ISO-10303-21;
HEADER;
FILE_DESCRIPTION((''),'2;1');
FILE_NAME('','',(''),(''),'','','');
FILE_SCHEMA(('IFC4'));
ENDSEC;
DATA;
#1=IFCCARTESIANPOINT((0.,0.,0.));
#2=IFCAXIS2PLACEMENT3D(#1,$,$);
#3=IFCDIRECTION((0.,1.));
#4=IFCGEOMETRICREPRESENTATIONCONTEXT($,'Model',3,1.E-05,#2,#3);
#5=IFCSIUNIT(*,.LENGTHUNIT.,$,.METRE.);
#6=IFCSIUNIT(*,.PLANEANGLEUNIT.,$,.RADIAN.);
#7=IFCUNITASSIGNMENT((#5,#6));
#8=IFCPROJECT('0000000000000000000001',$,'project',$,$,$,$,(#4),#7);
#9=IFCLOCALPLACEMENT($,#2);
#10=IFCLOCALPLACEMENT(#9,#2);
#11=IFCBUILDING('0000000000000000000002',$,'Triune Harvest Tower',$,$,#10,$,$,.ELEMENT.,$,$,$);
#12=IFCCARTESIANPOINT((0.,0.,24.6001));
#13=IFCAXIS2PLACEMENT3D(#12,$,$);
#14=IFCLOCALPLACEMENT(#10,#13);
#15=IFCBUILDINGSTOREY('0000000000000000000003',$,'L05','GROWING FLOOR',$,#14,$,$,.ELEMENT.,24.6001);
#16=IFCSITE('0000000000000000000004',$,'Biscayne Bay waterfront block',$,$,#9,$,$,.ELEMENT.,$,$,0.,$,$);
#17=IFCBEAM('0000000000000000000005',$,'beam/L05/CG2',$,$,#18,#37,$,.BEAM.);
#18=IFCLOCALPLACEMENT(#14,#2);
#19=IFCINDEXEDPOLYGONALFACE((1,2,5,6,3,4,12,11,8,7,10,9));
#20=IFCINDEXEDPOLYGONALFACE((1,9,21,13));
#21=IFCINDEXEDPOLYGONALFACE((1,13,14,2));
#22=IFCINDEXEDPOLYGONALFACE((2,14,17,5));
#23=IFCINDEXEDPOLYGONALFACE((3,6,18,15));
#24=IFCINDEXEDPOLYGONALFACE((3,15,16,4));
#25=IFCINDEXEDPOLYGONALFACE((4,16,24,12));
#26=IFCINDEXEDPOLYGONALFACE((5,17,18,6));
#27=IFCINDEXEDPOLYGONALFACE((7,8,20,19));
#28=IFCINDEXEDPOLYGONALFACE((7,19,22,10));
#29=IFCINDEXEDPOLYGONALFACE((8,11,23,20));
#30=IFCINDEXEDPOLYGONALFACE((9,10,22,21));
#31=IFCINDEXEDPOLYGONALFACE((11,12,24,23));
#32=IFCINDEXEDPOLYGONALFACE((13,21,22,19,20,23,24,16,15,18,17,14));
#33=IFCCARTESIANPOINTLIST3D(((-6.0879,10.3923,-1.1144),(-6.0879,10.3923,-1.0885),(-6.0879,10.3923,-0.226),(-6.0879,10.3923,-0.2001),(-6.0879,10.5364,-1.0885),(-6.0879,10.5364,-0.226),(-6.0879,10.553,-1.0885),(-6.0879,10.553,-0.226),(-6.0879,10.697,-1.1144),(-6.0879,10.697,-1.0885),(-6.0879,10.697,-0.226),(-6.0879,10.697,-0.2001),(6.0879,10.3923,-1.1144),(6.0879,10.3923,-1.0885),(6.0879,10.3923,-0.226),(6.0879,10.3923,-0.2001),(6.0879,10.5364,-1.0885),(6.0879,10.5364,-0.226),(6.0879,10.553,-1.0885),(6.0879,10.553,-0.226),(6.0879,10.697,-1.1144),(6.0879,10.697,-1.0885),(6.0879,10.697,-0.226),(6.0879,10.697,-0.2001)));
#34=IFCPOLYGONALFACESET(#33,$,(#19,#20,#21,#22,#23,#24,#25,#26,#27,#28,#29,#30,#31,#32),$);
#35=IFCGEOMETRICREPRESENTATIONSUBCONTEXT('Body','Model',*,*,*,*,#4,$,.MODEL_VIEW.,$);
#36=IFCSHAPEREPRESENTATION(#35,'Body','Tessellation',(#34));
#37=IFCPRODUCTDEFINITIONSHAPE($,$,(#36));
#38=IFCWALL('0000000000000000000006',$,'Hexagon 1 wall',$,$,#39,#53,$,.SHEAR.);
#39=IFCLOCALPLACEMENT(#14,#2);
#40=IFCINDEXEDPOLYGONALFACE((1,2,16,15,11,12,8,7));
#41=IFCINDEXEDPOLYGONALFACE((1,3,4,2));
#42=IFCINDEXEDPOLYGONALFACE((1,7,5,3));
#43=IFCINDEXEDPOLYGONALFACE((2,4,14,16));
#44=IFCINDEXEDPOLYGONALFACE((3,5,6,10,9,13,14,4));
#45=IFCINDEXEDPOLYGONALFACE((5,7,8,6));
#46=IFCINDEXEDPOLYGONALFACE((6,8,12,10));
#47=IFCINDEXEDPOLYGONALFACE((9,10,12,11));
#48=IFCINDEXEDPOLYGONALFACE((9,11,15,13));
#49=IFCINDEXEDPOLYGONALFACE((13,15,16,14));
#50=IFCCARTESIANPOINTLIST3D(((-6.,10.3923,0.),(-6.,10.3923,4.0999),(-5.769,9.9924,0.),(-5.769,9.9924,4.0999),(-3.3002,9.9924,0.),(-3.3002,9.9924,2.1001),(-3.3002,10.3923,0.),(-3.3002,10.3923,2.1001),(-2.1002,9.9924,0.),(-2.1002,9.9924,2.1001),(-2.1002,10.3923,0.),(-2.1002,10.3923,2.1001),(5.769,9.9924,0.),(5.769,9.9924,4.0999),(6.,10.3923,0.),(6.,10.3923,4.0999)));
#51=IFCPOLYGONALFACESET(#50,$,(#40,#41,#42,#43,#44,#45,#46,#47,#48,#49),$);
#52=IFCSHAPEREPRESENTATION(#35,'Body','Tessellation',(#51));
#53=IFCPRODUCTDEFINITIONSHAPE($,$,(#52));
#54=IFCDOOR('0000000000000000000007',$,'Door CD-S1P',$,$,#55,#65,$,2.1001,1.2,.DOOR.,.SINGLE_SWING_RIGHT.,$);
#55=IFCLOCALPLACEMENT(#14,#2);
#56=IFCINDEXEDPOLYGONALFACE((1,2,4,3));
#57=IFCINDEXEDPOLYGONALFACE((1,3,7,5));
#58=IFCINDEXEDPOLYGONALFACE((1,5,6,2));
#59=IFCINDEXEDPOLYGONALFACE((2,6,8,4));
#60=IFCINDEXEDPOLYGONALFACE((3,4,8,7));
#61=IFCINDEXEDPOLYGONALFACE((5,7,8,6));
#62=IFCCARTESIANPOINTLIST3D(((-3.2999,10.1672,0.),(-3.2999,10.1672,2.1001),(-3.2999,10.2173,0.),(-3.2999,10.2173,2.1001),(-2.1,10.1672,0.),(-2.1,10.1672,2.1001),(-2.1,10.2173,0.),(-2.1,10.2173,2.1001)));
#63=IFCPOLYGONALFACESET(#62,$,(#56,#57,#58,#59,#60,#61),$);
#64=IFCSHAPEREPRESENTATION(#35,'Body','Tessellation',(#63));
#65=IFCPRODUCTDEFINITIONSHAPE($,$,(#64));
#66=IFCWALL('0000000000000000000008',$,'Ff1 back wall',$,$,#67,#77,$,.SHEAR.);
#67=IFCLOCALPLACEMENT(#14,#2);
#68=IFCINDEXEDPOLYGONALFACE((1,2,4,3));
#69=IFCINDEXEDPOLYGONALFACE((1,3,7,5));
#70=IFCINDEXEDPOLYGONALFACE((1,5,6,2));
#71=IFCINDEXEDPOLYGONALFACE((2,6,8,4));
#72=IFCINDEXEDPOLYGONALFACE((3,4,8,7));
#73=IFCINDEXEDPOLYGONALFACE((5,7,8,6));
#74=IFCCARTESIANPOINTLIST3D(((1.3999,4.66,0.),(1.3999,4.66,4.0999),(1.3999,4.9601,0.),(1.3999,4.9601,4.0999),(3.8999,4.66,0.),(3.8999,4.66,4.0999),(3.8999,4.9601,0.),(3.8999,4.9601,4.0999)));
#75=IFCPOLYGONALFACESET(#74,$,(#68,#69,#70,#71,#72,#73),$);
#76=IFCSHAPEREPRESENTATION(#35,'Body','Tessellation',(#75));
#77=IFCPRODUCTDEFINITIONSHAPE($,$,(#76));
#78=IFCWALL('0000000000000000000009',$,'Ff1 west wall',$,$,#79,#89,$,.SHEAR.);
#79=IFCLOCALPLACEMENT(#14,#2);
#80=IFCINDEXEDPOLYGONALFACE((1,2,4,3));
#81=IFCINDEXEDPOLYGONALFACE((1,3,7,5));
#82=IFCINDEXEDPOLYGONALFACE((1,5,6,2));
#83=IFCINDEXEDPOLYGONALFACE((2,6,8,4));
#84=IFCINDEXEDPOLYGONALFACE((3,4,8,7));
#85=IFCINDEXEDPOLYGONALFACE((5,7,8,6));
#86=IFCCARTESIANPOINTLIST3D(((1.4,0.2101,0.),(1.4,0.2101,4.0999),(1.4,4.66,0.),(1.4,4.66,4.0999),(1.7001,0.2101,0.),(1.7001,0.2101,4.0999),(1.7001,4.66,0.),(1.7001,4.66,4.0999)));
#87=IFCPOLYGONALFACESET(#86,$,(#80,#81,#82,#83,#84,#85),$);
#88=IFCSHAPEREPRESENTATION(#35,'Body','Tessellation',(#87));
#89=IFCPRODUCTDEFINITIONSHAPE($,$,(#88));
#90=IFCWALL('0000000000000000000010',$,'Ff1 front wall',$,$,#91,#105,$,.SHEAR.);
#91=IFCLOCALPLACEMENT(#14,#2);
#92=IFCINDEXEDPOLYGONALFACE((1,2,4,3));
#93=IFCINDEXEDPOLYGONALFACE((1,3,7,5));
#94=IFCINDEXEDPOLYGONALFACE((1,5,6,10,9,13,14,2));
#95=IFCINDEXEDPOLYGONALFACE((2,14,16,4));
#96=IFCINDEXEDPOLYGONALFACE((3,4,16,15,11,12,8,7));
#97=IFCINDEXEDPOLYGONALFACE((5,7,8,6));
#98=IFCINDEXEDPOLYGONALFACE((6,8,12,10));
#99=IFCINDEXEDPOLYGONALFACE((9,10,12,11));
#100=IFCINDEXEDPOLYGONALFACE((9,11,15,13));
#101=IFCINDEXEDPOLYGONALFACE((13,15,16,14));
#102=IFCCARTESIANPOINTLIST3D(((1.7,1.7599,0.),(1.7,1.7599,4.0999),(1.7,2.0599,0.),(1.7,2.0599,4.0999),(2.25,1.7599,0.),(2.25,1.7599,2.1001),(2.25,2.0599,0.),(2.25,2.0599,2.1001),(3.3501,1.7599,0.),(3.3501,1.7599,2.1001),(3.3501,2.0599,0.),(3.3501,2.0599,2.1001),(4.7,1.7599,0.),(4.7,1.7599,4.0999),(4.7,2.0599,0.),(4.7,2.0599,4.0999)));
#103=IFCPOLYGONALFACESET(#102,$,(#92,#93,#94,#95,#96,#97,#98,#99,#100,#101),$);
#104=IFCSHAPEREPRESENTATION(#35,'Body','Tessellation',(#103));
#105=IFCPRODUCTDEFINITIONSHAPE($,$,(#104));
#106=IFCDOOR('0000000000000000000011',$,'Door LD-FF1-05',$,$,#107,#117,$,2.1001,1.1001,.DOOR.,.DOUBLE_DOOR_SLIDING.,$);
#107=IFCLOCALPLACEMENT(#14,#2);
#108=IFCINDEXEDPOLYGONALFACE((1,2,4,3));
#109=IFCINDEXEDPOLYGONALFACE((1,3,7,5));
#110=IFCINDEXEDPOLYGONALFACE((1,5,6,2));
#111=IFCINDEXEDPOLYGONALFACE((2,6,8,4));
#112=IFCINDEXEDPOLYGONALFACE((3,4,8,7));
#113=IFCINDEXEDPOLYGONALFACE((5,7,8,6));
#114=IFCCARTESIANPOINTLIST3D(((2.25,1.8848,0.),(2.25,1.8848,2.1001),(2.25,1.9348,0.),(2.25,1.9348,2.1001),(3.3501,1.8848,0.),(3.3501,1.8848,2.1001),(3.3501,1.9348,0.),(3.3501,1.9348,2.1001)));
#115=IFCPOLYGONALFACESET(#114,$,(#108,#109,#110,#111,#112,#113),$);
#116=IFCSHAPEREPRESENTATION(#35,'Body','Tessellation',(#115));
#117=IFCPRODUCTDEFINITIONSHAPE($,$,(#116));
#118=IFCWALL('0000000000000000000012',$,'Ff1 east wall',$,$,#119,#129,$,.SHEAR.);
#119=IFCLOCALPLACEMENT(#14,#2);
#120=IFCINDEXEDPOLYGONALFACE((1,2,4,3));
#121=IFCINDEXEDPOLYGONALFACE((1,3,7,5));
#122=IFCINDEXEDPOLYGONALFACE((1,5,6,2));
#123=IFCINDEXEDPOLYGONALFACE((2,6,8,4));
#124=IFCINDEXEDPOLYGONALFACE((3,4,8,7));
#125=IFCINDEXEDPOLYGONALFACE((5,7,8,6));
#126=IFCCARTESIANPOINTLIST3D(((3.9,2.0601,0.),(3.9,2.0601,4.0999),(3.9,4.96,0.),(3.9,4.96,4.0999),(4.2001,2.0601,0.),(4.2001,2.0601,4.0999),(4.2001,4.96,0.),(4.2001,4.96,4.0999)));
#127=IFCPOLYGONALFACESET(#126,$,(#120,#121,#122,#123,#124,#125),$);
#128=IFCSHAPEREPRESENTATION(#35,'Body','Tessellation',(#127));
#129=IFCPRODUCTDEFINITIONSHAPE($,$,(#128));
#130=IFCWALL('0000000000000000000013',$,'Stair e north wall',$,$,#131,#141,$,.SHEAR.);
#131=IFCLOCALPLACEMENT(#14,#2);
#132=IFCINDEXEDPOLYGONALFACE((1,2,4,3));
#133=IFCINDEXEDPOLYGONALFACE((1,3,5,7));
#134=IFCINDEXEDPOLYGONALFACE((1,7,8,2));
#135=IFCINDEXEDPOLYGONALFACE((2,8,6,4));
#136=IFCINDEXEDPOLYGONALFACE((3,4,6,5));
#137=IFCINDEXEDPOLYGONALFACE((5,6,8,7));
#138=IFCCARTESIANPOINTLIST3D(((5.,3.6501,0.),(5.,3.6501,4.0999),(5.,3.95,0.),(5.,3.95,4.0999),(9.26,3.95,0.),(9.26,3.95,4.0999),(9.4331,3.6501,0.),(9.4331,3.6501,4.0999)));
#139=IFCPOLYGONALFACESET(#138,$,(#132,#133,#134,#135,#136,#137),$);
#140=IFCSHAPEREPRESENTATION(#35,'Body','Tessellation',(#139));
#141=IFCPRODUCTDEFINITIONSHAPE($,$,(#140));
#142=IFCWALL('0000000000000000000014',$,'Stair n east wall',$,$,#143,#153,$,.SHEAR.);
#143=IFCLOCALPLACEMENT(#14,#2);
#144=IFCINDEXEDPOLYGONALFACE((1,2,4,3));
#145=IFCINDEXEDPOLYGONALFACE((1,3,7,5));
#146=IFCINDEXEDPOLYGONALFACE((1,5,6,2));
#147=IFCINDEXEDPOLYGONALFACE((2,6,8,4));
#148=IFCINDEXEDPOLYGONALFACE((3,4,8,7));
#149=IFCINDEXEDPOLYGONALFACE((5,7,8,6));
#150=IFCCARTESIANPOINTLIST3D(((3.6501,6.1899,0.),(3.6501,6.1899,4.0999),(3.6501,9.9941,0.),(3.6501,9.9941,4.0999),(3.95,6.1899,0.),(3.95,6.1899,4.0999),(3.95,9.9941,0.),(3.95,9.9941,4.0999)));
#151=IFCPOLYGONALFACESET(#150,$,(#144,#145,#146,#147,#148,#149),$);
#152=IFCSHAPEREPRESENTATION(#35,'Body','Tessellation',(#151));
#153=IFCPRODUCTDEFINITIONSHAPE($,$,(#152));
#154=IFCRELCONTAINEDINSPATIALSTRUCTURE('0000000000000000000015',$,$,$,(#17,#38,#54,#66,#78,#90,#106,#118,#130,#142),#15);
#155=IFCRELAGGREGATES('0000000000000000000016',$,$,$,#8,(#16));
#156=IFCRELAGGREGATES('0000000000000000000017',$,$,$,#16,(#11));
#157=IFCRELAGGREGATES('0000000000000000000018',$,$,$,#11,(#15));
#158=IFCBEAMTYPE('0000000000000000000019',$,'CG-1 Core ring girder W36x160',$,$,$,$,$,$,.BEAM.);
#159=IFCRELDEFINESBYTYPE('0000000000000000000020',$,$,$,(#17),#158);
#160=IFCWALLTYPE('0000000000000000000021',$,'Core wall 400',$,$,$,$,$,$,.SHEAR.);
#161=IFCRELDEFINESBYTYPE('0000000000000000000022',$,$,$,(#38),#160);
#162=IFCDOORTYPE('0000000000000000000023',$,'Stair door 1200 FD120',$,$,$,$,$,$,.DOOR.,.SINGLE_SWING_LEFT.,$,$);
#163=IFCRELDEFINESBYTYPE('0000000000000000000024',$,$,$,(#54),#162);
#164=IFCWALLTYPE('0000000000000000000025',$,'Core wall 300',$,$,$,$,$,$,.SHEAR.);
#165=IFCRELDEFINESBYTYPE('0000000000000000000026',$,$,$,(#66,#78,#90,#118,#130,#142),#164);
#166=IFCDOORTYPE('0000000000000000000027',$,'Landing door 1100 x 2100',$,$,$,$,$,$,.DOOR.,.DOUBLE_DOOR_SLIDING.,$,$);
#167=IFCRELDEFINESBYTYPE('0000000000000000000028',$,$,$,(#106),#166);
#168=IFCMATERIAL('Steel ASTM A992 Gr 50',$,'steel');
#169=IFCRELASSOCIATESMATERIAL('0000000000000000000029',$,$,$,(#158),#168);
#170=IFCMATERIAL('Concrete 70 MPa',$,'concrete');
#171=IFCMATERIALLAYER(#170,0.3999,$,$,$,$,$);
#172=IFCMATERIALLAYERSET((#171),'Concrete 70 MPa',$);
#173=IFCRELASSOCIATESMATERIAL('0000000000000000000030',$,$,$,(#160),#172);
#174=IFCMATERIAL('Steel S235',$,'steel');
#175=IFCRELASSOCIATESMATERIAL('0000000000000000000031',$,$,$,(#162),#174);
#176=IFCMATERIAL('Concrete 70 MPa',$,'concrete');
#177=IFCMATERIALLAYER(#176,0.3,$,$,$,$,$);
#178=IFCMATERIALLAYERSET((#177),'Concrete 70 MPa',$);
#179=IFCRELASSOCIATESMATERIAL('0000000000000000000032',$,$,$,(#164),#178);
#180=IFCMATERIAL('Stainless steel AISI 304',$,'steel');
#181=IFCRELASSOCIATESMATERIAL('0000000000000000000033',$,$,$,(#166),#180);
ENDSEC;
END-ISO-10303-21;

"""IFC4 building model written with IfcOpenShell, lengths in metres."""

from ifc_helpers import new_model, si_unit, direction, frame, frame_2d, origin, origin_2d, place, context, subcontext, project, spatial, polyline, rectangle, i_section, outline, extrude, source, transform, mapped, material, layer, layer_set, material_profile, profile_set, type_object, element, fill, save


model = new_model("IFC4")

# Units and contexts
model_context = context("Model", 3, precision=1e-05, world=origin(), true_north=direction((0.0, 1.0)))
body_context = subcontext(model_context, "Body", "Model", "MODEL_VIEW")
ifc_project = project(units=[si_unit("LENGTHUNIT", "METRE"), si_unit("PLANEANGLEUNIT", "RADIAN")], contexts=[model_context])

# Site, building, storey
site_placement = place(None, origin())
site = spatial("IfcSite", under=ifc_project, at=site_placement, Name="Biscayne Bay waterfront block", CompositionType="ELEMENT", RefElevation=0.0)
building_placement = place(site_placement, origin())
building = spatial("IfcBuilding", under=site, at=building_placement, Name="Triune Harvest Tower", CompositionType="ELEMENT")
storey_placement = place(building_placement, frame((0.0, 0.0, 24.6001)))
storey = spatial("IfcBuildingStorey", under=building, at=storey_placement, Name="L05", Description="GROWING FLOOR", CompositionType="ELEMENT", Elevation=24.6001)

# Beam
ifc_material_1 = material(Name="Steel ASTM A992 Gr 50", Category="steel")
ifc_material_profile = material_profile(ifc_material_1, i_section(OverallWidth=0.3047, OverallDepth=0.9143, WebThickness=0.0166, FlangeThickness=0.0259, at=origin_2d()), Name="W36x160")
ifc_profile_set = profile_set([ifc_material_profile], Name="Steel ASTM A992 Gr 50")
beam_type = type_object("IfcBeamType", Name="CG-1 Core ring girder W36x160", PredefinedType="BEAM", material=ifc_profile_set)
shared_shape_1 = source(origin(), body_context, "Body", "SweptSolid", [
    extrude(i_section(OverallWidth=0.3047, OverallDepth=0.9143, WebThickness=0.0166, FlangeThickness=0.0259, at=origin_2d()), origin(), (0.0, 0.0, 1.0), 12.1758),
])
beam_placement = place(storey_placement, frame((6.0879, 10.5447, -0.6572), z_axis=(-1.0, 0.0, 0.0), x_axis=(0.0, -1.0, 0.0)))
element("IfcBeam", 1, at=beam_placement, inside=storey, type_object=beam_type, Name="beam/L05/CG2", PredefinedType="BEAM", context=body_context, shape_type="MappedRepresentation", body=[
    mapped(shared_shape_1, transform((0.0, 0.0, 0.0), scale=1.0)),
])

# Wall, opening, door
ifc_material_2 = material(Name="Concrete 70 MPa", Category="concrete")
ifc_layer_1 = layer(ifc_material_2, 0.3999)
ifc_layer_set_1 = layer_set([ifc_layer_1], Name="Concrete 70 MPa")
wall_type_1 = type_object("IfcWallType", Name="Core wall 400", PredefinedType="SHEAR", material=ifc_layer_set_1)
shared_shape_2 = source(origin(), body_context, "Body", "SweptSolid", [
    extrude(outline(polyline([(-0.1155, -0.2), (11.8845, -0.2), (11.6536, 0.2), (0.1155, 0.2), (-0.1155, -0.2)])), origin(), (0.0, 0.0, 1.0), 4.0999),
])
wall_1_placement = place(storey_placement, frame((5.8845, 10.1924, 0.0), z_axis=(0.0, 0.0, 1.0), x_axis=(-1.0, 0.0, 0.0)))
wall_1 = element("IfcWall", 2, at=wall_1_placement, inside=storey, type_object=wall_type_1, Name="Hexagon 1 wall", PredefinedType="SHEAR", context=body_context, shape_type="MappedRepresentation", body=[
    mapped(shared_shape_2, transform((0.0, 0.0, 0.0), scale=1.0)),
])
opening_1_placement = place(wall_1_placement, frame((7.9846, 0.0, 0.0)))
opening_1 = element("IfcOpeningElement", 3, at=opening_1_placement, cuts=wall_1, PredefinedType="OPENING", context=body_context, shape_type="SweptSolid", body=[
    extrude(rectangle(XDim=1.2, YDim=2.1001, at=frame_2d((0.6001, 1.05))), frame((0.0, 0.21, 0.0), z_axis=(0.0, -1.0, 0.0), x_axis=(1.0, 0.0, 0.0)), (0.0, 0.0, 1.0), 0.4199),
])
ifc_material_3 = material(Name="Steel S235", Category="steel")
door_type_1 = type_object("IfcDoorType", Name="Stair door 1200 FD120", OperationType="SINGLE_SWING_LEFT", PredefinedType="DOOR", material=ifc_material_3)
door_1_placement = place(opening_1_placement, frame((1.2, 0.0, 0.0), z_axis=(0.0, 0.0, 1.0), x_axis=(-1.0, 0.0, 0.0)))
door_1 = element("IfcDoor", 4, at=door_1_placement, inside=storey, type_object=door_type_1, Name="Door CD-S1P", OperationType="SINGLE_SWING_RIGHT", OverallHeight=2.1001, OverallWidth=1.2, PredefinedType="DOOR", context=body_context, shape_type="SweptSolid", body=[
    extrude(rectangle(XDim=1.2, YDim=2.1001, at=frame_2d((0.6001, 1.05))), frame((0.0, 0.0249, 0.0), z_axis=(0.0, -1.0, 0.0), x_axis=(1.0, 0.0, 0.0)), (0.0, 0.0, 1.0), 0.05),
])
fill(opening_1, door_1)

# Walls
ifc_material_4 = material(Name="Concrete 70 MPa", Category="concrete")
ifc_layer_2 = layer(ifc_material_4, 0.3)
ifc_layer_set_2 = layer_set([ifc_layer_2], Name="Concrete 70 MPa")
wall_type_2 = type_object("IfcWallType", Name="Core wall 300", PredefinedType="SHEAR", material=ifc_layer_set_2)
shared_shape_3 = source(origin(), body_context, "Body", "SweptSolid", [
    extrude(rectangle(XDim=2.5, YDim=0.3, at=frame_2d((1.25, 0.0))), origin(), (0.0, 0.0, 1.0), 4.0999),
])
wall_2_placement = place(storey_placement, frame((1.3999, 4.8101, 0.0), z_axis=(0.0, 0.0, 1.0), x_axis=(1.0, 0.0, 0.0)))
element("IfcWall", 5, at=wall_2_placement, inside=storey, type_object=wall_type_2, Name="Ff1 back wall", PredefinedType="SHEAR", context=body_context, shape_type="MappedRepresentation", body=[
    mapped(shared_shape_3, transform((0.0, 0.0, 0.0), scale=1.0)),
])
shared_shape_4 = source(origin(), body_context, "Body", "SweptSolid", [
    extrude(rectangle(XDim=4.45, YDim=0.3, at=frame_2d((2.2251, 0.0))), origin(), (0.0, 0.0, 1.0), 4.0999),
])
wall_3_placement = place(storey_placement, frame((1.55, 0.21, 0.0), z_axis=(0.0, 0.0, 1.0), x_axis=(0.0, 1.0, 0.0)))
element("IfcWall", 6, at=wall_3_placement, inside=storey, type_object=wall_type_2, Name="Ff1 west wall", PredefinedType="SHEAR", context=body_context, shape_type="MappedRepresentation", body=[
    mapped(shared_shape_4, transform((0.0, 0.0, 0.0), scale=1.0)),
])

# Wall, opening, door
shared_shape_5 = source(origin(), body_context, "Body", "SweptSolid", [
    extrude(rectangle(XDim=3.0, YDim=0.3, at=frame_2d((1.5, 0.0))), origin(), (0.0, 0.0, 1.0), 4.0999),
])
wall_4_placement = place(storey_placement, frame((1.7, 1.9099, 0.0), z_axis=(0.0, 0.0, 1.0), x_axis=(1.0, 0.0, 0.0)))
wall_4 = element("IfcWall", 7, at=wall_4_placement, inside=storey, type_object=wall_type_2, Name="Ff1 front wall", PredefinedType="SHEAR", context=body_context, shape_type="MappedRepresentation", body=[
    mapped(shared_shape_5, transform((0.0, 0.0, 0.0), scale=1.0)),
])
opening_2_placement = place(wall_4_placement, frame((0.55, 0.0, 0.0)))
opening_2 = element("IfcOpeningElement", 8, at=opening_2_placement, cuts=wall_4, PredefinedType="OPENING", context=body_context, shape_type="SweptSolid", body=[
    extrude(rectangle(XDim=1.1001, YDim=2.1001, at=frame_2d((0.55, 1.05))), frame((0.0, 0.1602, 0.0), z_axis=(0.0, -1.0, 0.0), x_axis=(1.0, 0.0, 0.0)), (0.0, 0.0, 1.0), 0.3201),
])
ifc_material_5 = material(Name="Stainless steel AISI 304", Category="steel")
door_type_2 = type_object("IfcDoorType", Name="Landing door 1100 x 2100", OperationType="DOUBLE_DOOR_SLIDING", PredefinedType="DOOR", material=ifc_material_5)
door_2_placement = place(opening_2_placement, origin())
door_2 = element("IfcDoor", 9, at=door_2_placement, inside=storey, type_object=door_type_2, Name="Door LD-FF1-05", OperationType="DOUBLE_DOOR_SLIDING", OverallHeight=2.1001, OverallWidth=1.1001, PredefinedType="DOOR", context=body_context, shape_type="SweptSolid", body=[
    extrude(rectangle(XDim=1.1001, YDim=2.1001, at=frame_2d((0.55, 1.05))), frame((0.0, 0.0249, 0.0), z_axis=(0.0, -1.0, 0.0), x_axis=(1.0, 0.0, 0.0)), (0.0, 0.0, 1.0), 0.05),
])
fill(opening_2, door_2)

# Walls
shared_shape_6 = source(origin(), body_context, "Body", "SweptSolid", [
    extrude(rectangle(XDim=2.8999, YDim=0.3, at=frame_2d((1.45, 0.0))), origin(), (0.0, 0.0, 1.0), 4.0999),
])
wall_5_placement = place(storey_placement, frame((4.05, 2.0601, 0.0), z_axis=(0.0, 0.0, 1.0), x_axis=(0.0, 1.0, 0.0)))
element("IfcWall", 10, at=wall_5_placement, inside=storey, type_object=wall_type_2, Name="Ff1 east wall", PredefinedType="SHEAR", context=body_context, shape_type="MappedRepresentation", body=[
    mapped(shared_shape_6, transform((0.0, 0.0, 0.0), scale=1.0)),
])
shared_shape_7 = source(origin(), body_context, "Body", "SweptSolid", [
    extrude(outline(polyline([(0.0, -0.1499), (0.0, 0.1499), (4.26, 0.1499), (4.4331, -0.1499), (0.0, -0.1499)])), origin(), (0.0, 0.0, 1.0), 4.0999),
])
wall_6_placement = place(storey_placement, frame((5.0, 3.8, 0.0), z_axis=(0.0, 0.0, 1.0), x_axis=(1.0, 0.0, 0.0)))
element("IfcWall", 11, at=wall_6_placement, inside=storey, type_object=wall_type_2, Name="Stair e north wall", PredefinedType="SHEAR", context=body_context, shape_type="MappedRepresentation", body=[
    mapped(shared_shape_7, transform((0.0, 0.0, 0.0), scale=1.0)),
])
shared_shape_8 = source(origin(), body_context, "Body", "SweptSolid", [
    extrude(outline(polyline([(0.0, -0.1499), (0.0, 0.1499), (3.8042, 0.1499), (3.8042, -0.1499), (0.0, -0.1499)])), origin(), (0.0, 0.0, 1.0), 4.0999),
])
wall_7_placement = place(storey_placement, frame((3.8, 6.1899, 0.0), z_axis=(0.0, 0.0, 1.0), x_axis=(0.0, 1.0, 0.0)))
element("IfcWall", 12, at=wall_7_placement, inside=storey, type_object=wall_type_2, Name="Stair n east wall", PredefinedType="SHEAR", context=body_context, shape_type="MappedRepresentation", body=[
    mapped(shared_shape_8, transform((0.0, 0.0, 0.0), scale=1.0)),
])

save(model, "model.ifc")
